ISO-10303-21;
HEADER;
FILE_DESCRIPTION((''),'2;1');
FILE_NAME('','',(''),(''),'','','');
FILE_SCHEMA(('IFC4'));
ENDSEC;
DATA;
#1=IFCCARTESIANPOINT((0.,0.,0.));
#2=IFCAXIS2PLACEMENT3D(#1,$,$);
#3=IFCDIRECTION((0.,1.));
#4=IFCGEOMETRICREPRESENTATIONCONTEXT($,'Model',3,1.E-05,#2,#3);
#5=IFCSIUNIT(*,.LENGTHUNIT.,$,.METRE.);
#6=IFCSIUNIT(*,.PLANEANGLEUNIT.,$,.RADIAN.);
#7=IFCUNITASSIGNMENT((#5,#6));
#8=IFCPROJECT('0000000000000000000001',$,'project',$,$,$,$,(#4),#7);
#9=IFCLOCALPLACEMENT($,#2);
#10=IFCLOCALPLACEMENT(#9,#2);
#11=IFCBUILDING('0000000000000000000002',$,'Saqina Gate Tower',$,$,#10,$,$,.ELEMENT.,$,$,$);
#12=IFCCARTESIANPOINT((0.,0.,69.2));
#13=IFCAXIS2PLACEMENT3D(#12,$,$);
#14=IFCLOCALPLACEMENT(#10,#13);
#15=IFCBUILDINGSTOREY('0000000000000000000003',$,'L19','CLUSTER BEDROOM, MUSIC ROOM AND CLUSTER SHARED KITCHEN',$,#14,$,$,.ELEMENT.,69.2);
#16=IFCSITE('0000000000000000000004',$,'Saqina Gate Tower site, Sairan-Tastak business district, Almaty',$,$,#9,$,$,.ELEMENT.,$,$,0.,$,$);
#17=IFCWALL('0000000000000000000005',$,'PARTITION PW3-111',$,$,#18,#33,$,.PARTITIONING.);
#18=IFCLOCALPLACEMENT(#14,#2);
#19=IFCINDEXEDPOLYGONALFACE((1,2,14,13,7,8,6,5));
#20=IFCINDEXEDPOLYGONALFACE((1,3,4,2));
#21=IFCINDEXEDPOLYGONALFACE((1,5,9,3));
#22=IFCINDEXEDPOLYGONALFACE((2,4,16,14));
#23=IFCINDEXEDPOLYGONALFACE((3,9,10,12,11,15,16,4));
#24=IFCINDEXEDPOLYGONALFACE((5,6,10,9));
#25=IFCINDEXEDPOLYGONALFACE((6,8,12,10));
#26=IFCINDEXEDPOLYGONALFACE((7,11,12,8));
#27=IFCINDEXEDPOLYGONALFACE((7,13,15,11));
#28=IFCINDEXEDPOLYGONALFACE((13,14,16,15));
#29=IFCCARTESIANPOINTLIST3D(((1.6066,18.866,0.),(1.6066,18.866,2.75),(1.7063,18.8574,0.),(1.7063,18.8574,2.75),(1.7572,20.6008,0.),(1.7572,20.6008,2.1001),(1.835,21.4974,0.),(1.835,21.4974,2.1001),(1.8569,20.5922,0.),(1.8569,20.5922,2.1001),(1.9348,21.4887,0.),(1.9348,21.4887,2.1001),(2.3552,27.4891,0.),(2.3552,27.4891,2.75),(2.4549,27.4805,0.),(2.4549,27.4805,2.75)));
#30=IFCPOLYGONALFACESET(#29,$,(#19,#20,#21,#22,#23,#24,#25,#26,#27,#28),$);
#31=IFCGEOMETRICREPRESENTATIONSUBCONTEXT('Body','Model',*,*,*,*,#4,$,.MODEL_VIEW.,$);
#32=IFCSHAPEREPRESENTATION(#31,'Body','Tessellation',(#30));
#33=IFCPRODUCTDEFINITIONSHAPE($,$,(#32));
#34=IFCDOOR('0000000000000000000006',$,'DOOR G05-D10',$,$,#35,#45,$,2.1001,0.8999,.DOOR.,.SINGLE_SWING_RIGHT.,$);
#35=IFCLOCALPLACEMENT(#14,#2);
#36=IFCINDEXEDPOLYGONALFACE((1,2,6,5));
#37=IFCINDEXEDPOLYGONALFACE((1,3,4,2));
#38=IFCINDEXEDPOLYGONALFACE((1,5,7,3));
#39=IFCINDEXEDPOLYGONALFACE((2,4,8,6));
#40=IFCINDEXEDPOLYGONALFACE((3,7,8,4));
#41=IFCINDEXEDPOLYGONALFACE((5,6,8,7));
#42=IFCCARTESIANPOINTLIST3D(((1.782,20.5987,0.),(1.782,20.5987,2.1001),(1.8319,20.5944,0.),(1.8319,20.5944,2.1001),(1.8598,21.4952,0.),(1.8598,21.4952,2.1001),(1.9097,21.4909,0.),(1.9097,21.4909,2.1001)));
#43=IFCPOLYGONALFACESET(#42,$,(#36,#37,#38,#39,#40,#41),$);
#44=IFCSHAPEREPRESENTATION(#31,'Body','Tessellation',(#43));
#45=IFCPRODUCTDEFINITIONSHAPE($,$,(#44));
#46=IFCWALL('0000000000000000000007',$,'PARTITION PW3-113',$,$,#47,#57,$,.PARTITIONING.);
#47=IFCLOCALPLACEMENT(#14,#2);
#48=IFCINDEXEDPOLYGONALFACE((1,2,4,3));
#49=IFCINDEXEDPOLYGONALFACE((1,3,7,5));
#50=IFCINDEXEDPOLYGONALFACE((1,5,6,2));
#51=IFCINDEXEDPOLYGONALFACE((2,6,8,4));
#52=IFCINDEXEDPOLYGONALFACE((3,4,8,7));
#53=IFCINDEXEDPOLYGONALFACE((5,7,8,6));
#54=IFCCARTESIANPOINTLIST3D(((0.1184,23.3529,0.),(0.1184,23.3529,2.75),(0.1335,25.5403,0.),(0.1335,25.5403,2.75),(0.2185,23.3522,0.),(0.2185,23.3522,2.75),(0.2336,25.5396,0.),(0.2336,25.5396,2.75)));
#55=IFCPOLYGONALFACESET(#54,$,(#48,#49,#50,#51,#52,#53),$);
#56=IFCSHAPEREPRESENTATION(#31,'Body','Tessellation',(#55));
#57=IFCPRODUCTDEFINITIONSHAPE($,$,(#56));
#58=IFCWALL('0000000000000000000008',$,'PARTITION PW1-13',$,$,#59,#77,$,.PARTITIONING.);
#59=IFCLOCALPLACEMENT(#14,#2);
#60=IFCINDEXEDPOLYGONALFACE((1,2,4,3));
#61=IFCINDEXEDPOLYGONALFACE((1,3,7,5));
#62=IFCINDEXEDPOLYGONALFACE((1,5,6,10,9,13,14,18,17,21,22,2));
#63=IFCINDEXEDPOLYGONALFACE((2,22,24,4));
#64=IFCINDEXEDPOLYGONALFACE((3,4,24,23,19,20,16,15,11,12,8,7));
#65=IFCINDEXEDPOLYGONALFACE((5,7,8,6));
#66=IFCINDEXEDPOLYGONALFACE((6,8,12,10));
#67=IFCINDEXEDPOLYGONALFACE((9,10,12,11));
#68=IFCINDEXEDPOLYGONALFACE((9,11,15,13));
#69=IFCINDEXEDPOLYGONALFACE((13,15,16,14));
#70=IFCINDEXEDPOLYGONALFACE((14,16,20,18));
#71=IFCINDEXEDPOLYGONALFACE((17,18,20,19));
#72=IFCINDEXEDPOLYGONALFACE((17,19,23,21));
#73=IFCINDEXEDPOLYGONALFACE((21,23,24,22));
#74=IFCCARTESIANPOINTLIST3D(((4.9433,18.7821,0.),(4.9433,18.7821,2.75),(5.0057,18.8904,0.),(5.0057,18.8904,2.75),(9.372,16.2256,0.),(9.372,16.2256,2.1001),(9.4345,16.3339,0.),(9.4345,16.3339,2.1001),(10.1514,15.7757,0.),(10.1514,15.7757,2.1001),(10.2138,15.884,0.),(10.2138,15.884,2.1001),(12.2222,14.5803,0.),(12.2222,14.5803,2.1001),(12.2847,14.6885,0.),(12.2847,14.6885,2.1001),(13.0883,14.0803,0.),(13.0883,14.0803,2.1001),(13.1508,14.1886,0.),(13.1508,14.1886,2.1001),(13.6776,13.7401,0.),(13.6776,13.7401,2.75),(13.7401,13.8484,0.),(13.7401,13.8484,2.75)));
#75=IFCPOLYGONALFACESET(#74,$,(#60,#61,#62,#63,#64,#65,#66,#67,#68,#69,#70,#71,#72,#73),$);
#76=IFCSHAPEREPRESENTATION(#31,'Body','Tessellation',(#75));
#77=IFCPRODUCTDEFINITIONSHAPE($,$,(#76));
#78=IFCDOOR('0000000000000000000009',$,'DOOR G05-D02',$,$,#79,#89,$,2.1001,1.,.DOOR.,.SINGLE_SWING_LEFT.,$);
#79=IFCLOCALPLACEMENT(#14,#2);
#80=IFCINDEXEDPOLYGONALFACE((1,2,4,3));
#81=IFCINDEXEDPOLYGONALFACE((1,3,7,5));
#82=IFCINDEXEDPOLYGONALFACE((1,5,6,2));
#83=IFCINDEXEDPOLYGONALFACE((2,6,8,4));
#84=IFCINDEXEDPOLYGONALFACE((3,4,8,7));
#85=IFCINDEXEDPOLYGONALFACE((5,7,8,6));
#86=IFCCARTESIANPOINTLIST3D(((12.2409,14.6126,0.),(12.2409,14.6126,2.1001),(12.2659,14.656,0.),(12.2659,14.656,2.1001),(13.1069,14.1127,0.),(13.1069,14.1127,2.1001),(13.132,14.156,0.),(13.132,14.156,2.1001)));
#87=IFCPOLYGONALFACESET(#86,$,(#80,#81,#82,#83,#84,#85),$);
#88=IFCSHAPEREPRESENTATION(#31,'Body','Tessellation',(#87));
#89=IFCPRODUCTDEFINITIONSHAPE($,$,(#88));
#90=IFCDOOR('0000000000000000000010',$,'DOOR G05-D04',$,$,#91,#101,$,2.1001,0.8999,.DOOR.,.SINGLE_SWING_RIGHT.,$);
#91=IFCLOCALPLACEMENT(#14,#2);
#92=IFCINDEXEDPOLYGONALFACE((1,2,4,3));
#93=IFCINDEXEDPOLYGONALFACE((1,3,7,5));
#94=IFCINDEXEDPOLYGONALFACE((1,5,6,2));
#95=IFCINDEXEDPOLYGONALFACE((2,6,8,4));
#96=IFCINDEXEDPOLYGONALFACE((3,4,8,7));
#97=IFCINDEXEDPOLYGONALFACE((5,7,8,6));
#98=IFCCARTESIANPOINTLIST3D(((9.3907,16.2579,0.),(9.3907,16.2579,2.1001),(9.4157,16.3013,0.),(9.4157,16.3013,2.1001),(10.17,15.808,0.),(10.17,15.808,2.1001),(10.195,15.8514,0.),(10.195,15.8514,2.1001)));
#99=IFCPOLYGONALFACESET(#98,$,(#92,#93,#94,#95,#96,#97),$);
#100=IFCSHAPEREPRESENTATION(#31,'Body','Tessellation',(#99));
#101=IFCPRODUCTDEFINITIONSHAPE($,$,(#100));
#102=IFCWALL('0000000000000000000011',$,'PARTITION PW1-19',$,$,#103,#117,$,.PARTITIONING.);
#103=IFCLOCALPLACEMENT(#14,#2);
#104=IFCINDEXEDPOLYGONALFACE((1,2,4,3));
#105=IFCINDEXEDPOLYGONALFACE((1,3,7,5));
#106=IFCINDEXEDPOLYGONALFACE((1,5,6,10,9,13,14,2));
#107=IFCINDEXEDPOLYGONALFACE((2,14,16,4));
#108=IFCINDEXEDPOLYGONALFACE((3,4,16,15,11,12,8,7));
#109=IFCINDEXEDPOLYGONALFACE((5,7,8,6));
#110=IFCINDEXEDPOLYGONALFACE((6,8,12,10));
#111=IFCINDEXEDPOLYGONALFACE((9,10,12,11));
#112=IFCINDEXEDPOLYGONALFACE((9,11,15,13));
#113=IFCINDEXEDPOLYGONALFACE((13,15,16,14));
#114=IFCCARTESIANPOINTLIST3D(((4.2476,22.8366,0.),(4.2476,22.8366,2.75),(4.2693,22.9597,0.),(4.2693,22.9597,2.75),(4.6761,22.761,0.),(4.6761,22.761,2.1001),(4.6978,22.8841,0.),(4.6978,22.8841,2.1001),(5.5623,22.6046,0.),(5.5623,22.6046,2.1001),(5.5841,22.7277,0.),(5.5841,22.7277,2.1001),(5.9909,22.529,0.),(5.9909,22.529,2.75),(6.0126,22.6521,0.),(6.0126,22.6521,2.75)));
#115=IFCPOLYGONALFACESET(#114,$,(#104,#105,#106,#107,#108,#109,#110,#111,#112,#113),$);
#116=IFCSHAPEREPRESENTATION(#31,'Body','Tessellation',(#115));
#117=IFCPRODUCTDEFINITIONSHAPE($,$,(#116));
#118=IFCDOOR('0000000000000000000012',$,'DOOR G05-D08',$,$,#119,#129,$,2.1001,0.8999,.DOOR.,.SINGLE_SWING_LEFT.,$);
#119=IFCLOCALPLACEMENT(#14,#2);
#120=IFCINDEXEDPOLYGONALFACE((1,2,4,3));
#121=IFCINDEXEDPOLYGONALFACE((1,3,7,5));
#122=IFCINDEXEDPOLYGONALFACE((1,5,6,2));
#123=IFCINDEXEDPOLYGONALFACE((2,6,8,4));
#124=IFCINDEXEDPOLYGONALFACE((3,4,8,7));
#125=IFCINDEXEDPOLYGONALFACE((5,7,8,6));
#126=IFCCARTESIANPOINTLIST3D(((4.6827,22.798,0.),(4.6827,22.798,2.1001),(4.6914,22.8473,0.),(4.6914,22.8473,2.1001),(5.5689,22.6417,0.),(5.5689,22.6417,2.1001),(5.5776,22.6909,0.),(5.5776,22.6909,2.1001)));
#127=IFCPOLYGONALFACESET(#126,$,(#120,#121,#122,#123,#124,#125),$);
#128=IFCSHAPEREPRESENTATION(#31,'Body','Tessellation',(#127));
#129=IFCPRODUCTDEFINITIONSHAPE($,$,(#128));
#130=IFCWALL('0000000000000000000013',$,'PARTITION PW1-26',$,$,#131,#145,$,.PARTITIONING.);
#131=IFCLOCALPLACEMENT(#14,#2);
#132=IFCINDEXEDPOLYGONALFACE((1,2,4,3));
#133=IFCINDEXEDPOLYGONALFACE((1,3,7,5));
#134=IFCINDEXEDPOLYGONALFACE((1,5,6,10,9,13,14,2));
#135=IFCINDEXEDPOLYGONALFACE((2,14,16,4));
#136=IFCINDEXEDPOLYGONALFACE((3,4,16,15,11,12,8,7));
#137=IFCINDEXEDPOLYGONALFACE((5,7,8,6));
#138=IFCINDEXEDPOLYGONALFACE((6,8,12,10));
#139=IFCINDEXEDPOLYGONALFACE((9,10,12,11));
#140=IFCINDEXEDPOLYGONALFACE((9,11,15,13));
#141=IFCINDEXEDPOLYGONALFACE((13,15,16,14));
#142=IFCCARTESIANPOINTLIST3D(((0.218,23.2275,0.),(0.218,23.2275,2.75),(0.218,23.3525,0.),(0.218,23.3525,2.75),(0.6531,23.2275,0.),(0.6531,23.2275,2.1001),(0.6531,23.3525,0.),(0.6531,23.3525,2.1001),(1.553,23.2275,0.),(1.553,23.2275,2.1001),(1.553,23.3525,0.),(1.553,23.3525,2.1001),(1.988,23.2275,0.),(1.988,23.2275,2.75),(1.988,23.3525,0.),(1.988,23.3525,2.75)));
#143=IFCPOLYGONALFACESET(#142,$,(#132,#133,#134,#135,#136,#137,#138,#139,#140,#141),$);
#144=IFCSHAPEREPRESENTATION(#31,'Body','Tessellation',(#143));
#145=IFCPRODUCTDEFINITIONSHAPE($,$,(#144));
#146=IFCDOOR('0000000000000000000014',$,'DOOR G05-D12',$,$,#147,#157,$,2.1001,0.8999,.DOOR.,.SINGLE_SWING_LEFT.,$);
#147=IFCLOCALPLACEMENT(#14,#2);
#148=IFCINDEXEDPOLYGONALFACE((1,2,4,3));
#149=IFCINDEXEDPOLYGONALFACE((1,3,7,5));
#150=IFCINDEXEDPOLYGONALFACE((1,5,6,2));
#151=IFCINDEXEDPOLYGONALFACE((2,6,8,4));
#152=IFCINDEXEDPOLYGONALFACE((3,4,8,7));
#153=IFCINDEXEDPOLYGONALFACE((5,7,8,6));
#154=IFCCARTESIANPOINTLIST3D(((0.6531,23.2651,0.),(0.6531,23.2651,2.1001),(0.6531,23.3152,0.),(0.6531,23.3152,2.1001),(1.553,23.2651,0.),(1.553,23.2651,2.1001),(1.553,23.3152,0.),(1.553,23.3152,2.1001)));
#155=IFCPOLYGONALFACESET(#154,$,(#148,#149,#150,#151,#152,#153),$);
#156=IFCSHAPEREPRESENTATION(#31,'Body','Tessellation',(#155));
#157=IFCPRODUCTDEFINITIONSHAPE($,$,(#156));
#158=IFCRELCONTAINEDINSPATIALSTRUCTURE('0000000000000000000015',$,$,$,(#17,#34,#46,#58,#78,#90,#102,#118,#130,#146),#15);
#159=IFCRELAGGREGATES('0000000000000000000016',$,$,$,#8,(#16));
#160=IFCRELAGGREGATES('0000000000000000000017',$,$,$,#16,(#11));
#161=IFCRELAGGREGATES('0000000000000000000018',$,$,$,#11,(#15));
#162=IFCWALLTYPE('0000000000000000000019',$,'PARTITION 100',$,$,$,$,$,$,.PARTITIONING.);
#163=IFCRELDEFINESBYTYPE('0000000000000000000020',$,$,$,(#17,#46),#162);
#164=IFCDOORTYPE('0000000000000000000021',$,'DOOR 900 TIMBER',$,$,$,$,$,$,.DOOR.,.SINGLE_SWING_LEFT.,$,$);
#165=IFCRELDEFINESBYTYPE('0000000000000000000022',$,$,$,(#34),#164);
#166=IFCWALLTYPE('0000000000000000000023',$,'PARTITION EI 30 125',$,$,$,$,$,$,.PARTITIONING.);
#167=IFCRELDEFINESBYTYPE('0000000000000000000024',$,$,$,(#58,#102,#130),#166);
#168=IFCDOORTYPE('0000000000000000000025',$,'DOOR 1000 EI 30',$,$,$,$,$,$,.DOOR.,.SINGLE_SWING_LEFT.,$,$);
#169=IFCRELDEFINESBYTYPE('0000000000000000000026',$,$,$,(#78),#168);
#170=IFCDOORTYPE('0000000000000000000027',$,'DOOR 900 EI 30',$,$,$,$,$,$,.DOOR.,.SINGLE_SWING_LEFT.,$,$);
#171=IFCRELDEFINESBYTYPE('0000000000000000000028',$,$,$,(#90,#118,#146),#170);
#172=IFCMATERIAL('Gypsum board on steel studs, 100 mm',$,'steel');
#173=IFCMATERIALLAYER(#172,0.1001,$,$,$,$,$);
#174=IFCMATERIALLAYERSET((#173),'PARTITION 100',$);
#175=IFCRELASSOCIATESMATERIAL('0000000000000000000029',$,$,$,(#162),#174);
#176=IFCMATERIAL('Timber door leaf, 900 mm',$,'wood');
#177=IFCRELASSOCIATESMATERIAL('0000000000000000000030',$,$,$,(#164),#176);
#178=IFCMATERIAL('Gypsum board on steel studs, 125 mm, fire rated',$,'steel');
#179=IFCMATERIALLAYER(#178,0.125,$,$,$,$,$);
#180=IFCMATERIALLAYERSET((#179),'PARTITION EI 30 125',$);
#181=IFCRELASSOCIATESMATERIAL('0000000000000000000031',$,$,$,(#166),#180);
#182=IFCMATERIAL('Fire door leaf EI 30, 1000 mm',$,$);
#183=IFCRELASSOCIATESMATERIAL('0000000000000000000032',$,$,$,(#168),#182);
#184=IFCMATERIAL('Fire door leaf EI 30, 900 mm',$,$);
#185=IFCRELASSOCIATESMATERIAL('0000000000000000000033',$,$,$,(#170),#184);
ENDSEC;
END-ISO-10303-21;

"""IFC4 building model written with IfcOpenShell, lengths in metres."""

from ifc_helpers import new_model, si_unit, direction, frame, frame_2d, origin, place, context, subcontext, project, spatial, rectangle, extrude, material, layer, layer_set, type_object, element, fill, save


model = new_model("IFC4")

# Units and contexts
model_context = context("Model", 3, precision=1e-05, world=origin(), true_north=direction((0.0, 1.0)))
body_context = subcontext(model_context, "Body", "Model", "MODEL_VIEW")
ifc_project = project(units=[si_unit("LENGTHUNIT", "METRE"), si_unit("PLANEANGLEUNIT", "RADIAN")], contexts=[model_context])

# Site, building, storey
site_placement = place(None, origin())
site = spatial("IfcSite", under=ifc_project, at=site_placement, Name="Saqina Gate Tower site, Sairan-Tastak business district, Almaty", CompositionType="ELEMENT", RefElevation=0.0)
building_placement = place(site_placement, origin())
building = spatial("IfcBuilding", under=site, at=building_placement, Name="Saqina Gate Tower", CompositionType="ELEMENT")
storey_placement = place(building_placement, frame((0.0, 0.0, 69.2)))
storey = spatial("IfcBuildingStorey", under=building, at=storey_placement, Name="L19", Description="CLUSTER BEDROOM, MUSIC ROOM AND CLUSTER SHARED KITCHEN", CompositionType="ELEMENT", Elevation=69.2)

# Shared definitions
ifc_material_1 = material(Name="Gypsum board on steel studs, 100 mm", Category="steel")
ifc_layer_1 = layer(ifc_material_1, 0.1001)
ifc_layer_set_1 = layer_set([ifc_layer_1], Name="PARTITION 100")
wall_type_1 = type_object("IfcWallType", Name="PARTITION 100", PredefinedType="PARTITIONING", material=ifc_layer_set_1)

# Wall, opening, door
wall_1_placement = place(storey_placement, frame((1.6565, 18.8618, 0.0), z_axis=(0.0, 0.0, 1.0), x_axis=(0.086481, 0.996253, 0.0)))
wall_1 = element("IfcWall", 1, at=wall_1_placement, inside=storey, type_object=wall_type_1, Name="PARTITION PW3-111", PredefinedType="PARTITIONING", context=body_context, shape_type="SweptSolid", body=[
    extrude(rectangle(XDim=8.6555, YDim=0.1001, at=frame_2d((4.3276, 0.0))), origin(), (0.0, 0.0, 1.0), 2.75),
])
opening_1_placement = place(wall_1_placement, frame((1.7412, 0.0, 0.0)))
opening_1 = element("IfcOpeningElement", 2, at=opening_1_placement, cuts=wall_1, PredefinedType="OPENING", context=body_context, shape_type="SweptSolid", body=[
    extrude(rectangle(XDim=0.8999, YDim=2.1001, at=frame_2d((0.45, 1.05))), frame((0.0, 0.062, 0.0), z_axis=(0.0, -1.0, 0.0), x_axis=(1.0, 0.0, 0.0)), (0.0, 0.0, 1.0), 0.124),
])
ifc_material_2 = material(Name="Timber door leaf, 900 mm", Category="wood")
door_type_1 = type_object("IfcDoorType", Name="DOOR 900 TIMBER", OperationType="SINGLE_SWING_LEFT", PredefinedType="DOOR", material=ifc_material_2)
door_1_placement = place(opening_1_placement, frame((0.8999, 0.0, 0.0), z_axis=(0.0, 0.0, 1.0), x_axis=(-1.0, 0.0, 0.0)))
door_1 = element("IfcDoor", 3, at=door_1_placement, inside=storey, type_object=door_type_1, Name="DOOR G05-D10", OperationType="SINGLE_SWING_RIGHT", OverallHeight=2.1001, OverallWidth=0.8999, PredefinedType="DOOR", context=body_context, shape_type="SweptSolid", body=[
    extrude(rectangle(XDim=0.8999, YDim=2.1001, at=frame_2d((0.45, 1.05))), frame((0.0, 0.0249, 0.0), z_axis=(0.0, -1.0, 0.0), x_axis=(1.0, 0.0, 0.0)), (0.0, 0.0, 1.0), 0.05),
])
fill(opening_1, door_1)

# Wall
wall_2_placement = place(storey_placement, frame((0.1685, 23.3525, 0.0), z_axis=(0.0, 0.0, 1.0), x_axis=(0.006919, 0.999976, 0.0)))
element("IfcWall", 4, at=wall_2_placement, inside=storey, type_object=wall_type_1, Name="PARTITION PW3-113", PredefinedType="PARTITIONING", context=body_context, shape_type="SweptSolid", body=[
    extrude(rectangle(XDim=2.1875, YDim=0.1001, at=frame_2d((1.0938, 0.0))), origin(), (0.0, 0.0, 1.0), 2.75),
])

# Wall, openings, doors
ifc_material_3 = material(Name="Gypsum board on steel studs, 125 mm, fire rated", Category="steel")
ifc_layer_2 = layer(ifc_material_3, 0.125)
ifc_layer_set_2 = layer_set([ifc_layer_2], Name="PARTITION EI 30 125")
wall_type_2 = type_object("IfcWallType", Name="PARTITION EI 30 125", PredefinedType="PARTITIONING", material=ifc_layer_set_2)
wall_3_placement = place(storey_placement, frame((4.9746, 18.8362, 0.0), z_axis=(0.0, 0.0, 1.0), x_axis=(0.86606, -0.49994, 0.0)))
wall_3 = element("IfcWall", 5, at=wall_3_placement, inside=storey, type_object=wall_type_2, Name="PARTITION PW1-13", PredefinedType="PARTITIONING", context=body_context, shape_type="SweptSolid", body=[
    extrude(rectangle(XDim=10.0852, YDim=0.125, at=frame_2d((5.0425, 0.0))), origin(), (0.0, 0.0, 1.0), 2.75),
])
opening_2_placement = place(wall_3_placement, frame((8.4045, 0.0, 0.0)))
opening_2 = element("IfcOpeningElement", 6, at=opening_2_placement, cuts=wall_3, PredefinedType="OPENING", context=body_context, shape_type="SweptSolid", body=[
    extrude(rectangle(XDim=1.0, YDim=2.1001, at=frame_2d((0.5, 1.05))), frame((0.0, 0.0745, 0.0), z_axis=(0.0, -1.0, 0.0), x_axis=(1.0, 0.0, 0.0)), (0.0, 0.0, 1.0), 0.1489),
])
opening_3_placement = place(wall_3_placement, frame((5.1135, 0.0, 0.0)))
opening_3 = element("IfcOpeningElement", 7, at=opening_3_placement, cuts=wall_3, PredefinedType="OPENING", context=body_context, shape_type="SweptSolid", body=[
    extrude(rectangle(XDim=0.8999, YDim=2.1001, at=frame_2d((0.45, 1.05))), frame((0.0, 0.0745, 0.0), z_axis=(0.0, -1.0, 0.0), x_axis=(1.0, 0.0, 0.0)), (0.0, 0.0, 1.0), 0.1489),
])
ifc_material_4 = material(Name="Fire door leaf EI 30, 1000 mm")
door_type_2 = type_object("IfcDoorType", Name="DOOR 1000 EI 30", OperationType="SINGLE_SWING_LEFT", PredefinedType="DOOR", material=ifc_material_4)
door_2_placement = place(opening_2_placement, origin())
door_2 = element("IfcDoor", 8, at=door_2_placement, inside=storey, type_object=door_type_2, Name="DOOR G05-D02", OperationType="SINGLE_SWING_LEFT", OverallHeight=2.1001, OverallWidth=1.0, PredefinedType="DOOR", context=body_context, shape_type="SweptSolid", body=[
    extrude(rectangle(XDim=1.0, YDim=2.1001, at=frame_2d((0.5, 1.05))), frame((0.0, 0.0249, 0.0), z_axis=(0.0, -1.0, 0.0), x_axis=(1.0, 0.0, 0.0)), (0.0, 0.0, 1.0), 0.05),
])
fill(opening_2, door_2)
ifc_material_5 = material(Name="Fire door leaf EI 30, 900 mm")
door_type_3 = type_object("IfcDoorType", Name="DOOR 900 EI 30", OperationType="SINGLE_SWING_LEFT", PredefinedType="DOOR", material=ifc_material_5)
door_3_placement = place(opening_3_placement, origin())
door_3 = element("IfcDoor", 9, at=door_3_placement, inside=storey, type_object=door_type_3, Name="DOOR G05-D04", OperationType="SINGLE_SWING_RIGHT", OverallHeight=2.1001, OverallWidth=0.8999, PredefinedType="DOOR", context=body_context, shape_type="SweptSolid", body=[
    extrude(rectangle(XDim=0.8999, YDim=2.1001, at=frame_2d((0.45, 1.05))), frame((0.0, 0.0249, 0.0), z_axis=(0.0, -1.0, 0.0), x_axis=(1.0, 0.0, 0.0)), (0.0, 0.0, 1.0), 0.05),
])
fill(opening_3, door_3)

# Walls, openings, doors
wall_4_placement = place(storey_placement, frame((4.2583, 22.8982, 0.0), z_axis=(0.0, 0.0, 1.0), x_axis=(0.984788, -0.173762, 0.0)))
wall_4 = element("IfcWall", 10, at=wall_4_placement, inside=storey, type_object=wall_type_2, Name="PARTITION PW1-19", PredefinedType="PARTITIONING", context=body_context, shape_type="SweptSolid", body=[
    extrude(rectangle(XDim=1.7703, YDim=0.125, at=frame_2d((0.8853, 0.0))), origin(), (0.0, 0.0, 1.0), 2.75),
])
opening_4_placement = place(wall_4_placement, frame((0.4353, 0.0, 0.0)))
opening_4 = element("IfcOpeningElement", 11, at=opening_4_placement, cuts=wall_4, PredefinedType="OPENING", context=body_context, shape_type="SweptSolid", body=[
    extrude(rectangle(XDim=0.8999, YDim=2.1001, at=frame_2d((0.45, 1.05))), frame((0.0, 0.0745, 0.0), z_axis=(0.0, -1.0, 0.0), x_axis=(1.0, 0.0, 0.0)), (0.0, 0.0, 1.0), 0.1489),
])
door_4_placement = place(opening_4_placement, frame((0.8999, 0.0, 0.0), z_axis=(0.0, 0.0, 1.0), x_axis=(-1.0, 0.0, 0.0)))
door_4 = element("IfcDoor", 12, at=door_4_placement, inside=storey, type_object=door_type_3, Name="DOOR G05-D08", OperationType="SINGLE_SWING_LEFT", OverallHeight=2.1001, OverallWidth=0.8999, PredefinedType="DOOR", context=body_context, shape_type="SweptSolid", body=[
    extrude(rectangle(XDim=0.8999, YDim=2.1001, at=frame_2d((0.45, 1.05))), frame((0.0, 0.0249, 0.0), z_axis=(0.0, -1.0, 0.0), x_axis=(1.0, 0.0, 0.0)), (0.0, 0.0, 1.0), 0.05),
])
fill(opening_4, door_4)
wall_5_placement = place(storey_placement, frame((0.218, 23.29, 0.0), z_axis=(0.0, 0.0, 1.0), x_axis=(1.0, 0.0, 0.0)))
wall_5 = element("IfcWall", 13, at=wall_5_placement, inside=storey, type_object=wall_type_2, Name="PARTITION PW1-26", PredefinedType="PARTITIONING", context=body_context, shape_type="SweptSolid", body=[
    extrude(rectangle(XDim=1.77, YDim=0.125, at=frame_2d((0.885, 0.0))), origin(), (0.0, 0.0, 1.0), 2.75),
])
opening_5_placement = place(wall_5_placement, frame((0.4351, 0.0, 0.0)))
opening_5 = element("IfcOpeningElement", 14, at=opening_5_placement, cuts=wall_5, PredefinedType="OPENING", context=body_context, shape_type="SweptSolid", body=[
    extrude(rectangle(XDim=0.8999, YDim=2.1001, at=frame_2d((0.45, 1.05))), frame((0.0, 0.0745, 0.0), z_axis=(0.0, -1.0, 0.0), x_axis=(1.0, 0.0, 0.0)), (0.0, 0.0, 1.0), 0.1489),
])
door_5_placement = place(opening_5_placement, frame((0.8999, 0.0, 0.0), z_axis=(0.0, 0.0, 1.0), x_axis=(-1.0, 0.0, 0.0)))
door_5 = element("IfcDoor", 15, at=door_5_placement, inside=storey, type_object=door_type_3, Name="DOOR G05-D12", OperationType="SINGLE_SWING_LEFT", OverallHeight=2.1001, OverallWidth=0.8999, PredefinedType="DOOR", context=body_context, shape_type="SweptSolid", body=[
    extrude(rectangle(XDim=0.8999, YDim=2.1001, at=frame_2d((0.45, 1.05))), frame((0.0, 0.0249, 0.0), z_axis=(0.0, -1.0, 0.0), x_axis=(1.0, 0.0, 0.0)), (0.0, 0.0, 1.0), 0.05),
])
fill(opening_5, door_5)

save(model, "model.ifc")
